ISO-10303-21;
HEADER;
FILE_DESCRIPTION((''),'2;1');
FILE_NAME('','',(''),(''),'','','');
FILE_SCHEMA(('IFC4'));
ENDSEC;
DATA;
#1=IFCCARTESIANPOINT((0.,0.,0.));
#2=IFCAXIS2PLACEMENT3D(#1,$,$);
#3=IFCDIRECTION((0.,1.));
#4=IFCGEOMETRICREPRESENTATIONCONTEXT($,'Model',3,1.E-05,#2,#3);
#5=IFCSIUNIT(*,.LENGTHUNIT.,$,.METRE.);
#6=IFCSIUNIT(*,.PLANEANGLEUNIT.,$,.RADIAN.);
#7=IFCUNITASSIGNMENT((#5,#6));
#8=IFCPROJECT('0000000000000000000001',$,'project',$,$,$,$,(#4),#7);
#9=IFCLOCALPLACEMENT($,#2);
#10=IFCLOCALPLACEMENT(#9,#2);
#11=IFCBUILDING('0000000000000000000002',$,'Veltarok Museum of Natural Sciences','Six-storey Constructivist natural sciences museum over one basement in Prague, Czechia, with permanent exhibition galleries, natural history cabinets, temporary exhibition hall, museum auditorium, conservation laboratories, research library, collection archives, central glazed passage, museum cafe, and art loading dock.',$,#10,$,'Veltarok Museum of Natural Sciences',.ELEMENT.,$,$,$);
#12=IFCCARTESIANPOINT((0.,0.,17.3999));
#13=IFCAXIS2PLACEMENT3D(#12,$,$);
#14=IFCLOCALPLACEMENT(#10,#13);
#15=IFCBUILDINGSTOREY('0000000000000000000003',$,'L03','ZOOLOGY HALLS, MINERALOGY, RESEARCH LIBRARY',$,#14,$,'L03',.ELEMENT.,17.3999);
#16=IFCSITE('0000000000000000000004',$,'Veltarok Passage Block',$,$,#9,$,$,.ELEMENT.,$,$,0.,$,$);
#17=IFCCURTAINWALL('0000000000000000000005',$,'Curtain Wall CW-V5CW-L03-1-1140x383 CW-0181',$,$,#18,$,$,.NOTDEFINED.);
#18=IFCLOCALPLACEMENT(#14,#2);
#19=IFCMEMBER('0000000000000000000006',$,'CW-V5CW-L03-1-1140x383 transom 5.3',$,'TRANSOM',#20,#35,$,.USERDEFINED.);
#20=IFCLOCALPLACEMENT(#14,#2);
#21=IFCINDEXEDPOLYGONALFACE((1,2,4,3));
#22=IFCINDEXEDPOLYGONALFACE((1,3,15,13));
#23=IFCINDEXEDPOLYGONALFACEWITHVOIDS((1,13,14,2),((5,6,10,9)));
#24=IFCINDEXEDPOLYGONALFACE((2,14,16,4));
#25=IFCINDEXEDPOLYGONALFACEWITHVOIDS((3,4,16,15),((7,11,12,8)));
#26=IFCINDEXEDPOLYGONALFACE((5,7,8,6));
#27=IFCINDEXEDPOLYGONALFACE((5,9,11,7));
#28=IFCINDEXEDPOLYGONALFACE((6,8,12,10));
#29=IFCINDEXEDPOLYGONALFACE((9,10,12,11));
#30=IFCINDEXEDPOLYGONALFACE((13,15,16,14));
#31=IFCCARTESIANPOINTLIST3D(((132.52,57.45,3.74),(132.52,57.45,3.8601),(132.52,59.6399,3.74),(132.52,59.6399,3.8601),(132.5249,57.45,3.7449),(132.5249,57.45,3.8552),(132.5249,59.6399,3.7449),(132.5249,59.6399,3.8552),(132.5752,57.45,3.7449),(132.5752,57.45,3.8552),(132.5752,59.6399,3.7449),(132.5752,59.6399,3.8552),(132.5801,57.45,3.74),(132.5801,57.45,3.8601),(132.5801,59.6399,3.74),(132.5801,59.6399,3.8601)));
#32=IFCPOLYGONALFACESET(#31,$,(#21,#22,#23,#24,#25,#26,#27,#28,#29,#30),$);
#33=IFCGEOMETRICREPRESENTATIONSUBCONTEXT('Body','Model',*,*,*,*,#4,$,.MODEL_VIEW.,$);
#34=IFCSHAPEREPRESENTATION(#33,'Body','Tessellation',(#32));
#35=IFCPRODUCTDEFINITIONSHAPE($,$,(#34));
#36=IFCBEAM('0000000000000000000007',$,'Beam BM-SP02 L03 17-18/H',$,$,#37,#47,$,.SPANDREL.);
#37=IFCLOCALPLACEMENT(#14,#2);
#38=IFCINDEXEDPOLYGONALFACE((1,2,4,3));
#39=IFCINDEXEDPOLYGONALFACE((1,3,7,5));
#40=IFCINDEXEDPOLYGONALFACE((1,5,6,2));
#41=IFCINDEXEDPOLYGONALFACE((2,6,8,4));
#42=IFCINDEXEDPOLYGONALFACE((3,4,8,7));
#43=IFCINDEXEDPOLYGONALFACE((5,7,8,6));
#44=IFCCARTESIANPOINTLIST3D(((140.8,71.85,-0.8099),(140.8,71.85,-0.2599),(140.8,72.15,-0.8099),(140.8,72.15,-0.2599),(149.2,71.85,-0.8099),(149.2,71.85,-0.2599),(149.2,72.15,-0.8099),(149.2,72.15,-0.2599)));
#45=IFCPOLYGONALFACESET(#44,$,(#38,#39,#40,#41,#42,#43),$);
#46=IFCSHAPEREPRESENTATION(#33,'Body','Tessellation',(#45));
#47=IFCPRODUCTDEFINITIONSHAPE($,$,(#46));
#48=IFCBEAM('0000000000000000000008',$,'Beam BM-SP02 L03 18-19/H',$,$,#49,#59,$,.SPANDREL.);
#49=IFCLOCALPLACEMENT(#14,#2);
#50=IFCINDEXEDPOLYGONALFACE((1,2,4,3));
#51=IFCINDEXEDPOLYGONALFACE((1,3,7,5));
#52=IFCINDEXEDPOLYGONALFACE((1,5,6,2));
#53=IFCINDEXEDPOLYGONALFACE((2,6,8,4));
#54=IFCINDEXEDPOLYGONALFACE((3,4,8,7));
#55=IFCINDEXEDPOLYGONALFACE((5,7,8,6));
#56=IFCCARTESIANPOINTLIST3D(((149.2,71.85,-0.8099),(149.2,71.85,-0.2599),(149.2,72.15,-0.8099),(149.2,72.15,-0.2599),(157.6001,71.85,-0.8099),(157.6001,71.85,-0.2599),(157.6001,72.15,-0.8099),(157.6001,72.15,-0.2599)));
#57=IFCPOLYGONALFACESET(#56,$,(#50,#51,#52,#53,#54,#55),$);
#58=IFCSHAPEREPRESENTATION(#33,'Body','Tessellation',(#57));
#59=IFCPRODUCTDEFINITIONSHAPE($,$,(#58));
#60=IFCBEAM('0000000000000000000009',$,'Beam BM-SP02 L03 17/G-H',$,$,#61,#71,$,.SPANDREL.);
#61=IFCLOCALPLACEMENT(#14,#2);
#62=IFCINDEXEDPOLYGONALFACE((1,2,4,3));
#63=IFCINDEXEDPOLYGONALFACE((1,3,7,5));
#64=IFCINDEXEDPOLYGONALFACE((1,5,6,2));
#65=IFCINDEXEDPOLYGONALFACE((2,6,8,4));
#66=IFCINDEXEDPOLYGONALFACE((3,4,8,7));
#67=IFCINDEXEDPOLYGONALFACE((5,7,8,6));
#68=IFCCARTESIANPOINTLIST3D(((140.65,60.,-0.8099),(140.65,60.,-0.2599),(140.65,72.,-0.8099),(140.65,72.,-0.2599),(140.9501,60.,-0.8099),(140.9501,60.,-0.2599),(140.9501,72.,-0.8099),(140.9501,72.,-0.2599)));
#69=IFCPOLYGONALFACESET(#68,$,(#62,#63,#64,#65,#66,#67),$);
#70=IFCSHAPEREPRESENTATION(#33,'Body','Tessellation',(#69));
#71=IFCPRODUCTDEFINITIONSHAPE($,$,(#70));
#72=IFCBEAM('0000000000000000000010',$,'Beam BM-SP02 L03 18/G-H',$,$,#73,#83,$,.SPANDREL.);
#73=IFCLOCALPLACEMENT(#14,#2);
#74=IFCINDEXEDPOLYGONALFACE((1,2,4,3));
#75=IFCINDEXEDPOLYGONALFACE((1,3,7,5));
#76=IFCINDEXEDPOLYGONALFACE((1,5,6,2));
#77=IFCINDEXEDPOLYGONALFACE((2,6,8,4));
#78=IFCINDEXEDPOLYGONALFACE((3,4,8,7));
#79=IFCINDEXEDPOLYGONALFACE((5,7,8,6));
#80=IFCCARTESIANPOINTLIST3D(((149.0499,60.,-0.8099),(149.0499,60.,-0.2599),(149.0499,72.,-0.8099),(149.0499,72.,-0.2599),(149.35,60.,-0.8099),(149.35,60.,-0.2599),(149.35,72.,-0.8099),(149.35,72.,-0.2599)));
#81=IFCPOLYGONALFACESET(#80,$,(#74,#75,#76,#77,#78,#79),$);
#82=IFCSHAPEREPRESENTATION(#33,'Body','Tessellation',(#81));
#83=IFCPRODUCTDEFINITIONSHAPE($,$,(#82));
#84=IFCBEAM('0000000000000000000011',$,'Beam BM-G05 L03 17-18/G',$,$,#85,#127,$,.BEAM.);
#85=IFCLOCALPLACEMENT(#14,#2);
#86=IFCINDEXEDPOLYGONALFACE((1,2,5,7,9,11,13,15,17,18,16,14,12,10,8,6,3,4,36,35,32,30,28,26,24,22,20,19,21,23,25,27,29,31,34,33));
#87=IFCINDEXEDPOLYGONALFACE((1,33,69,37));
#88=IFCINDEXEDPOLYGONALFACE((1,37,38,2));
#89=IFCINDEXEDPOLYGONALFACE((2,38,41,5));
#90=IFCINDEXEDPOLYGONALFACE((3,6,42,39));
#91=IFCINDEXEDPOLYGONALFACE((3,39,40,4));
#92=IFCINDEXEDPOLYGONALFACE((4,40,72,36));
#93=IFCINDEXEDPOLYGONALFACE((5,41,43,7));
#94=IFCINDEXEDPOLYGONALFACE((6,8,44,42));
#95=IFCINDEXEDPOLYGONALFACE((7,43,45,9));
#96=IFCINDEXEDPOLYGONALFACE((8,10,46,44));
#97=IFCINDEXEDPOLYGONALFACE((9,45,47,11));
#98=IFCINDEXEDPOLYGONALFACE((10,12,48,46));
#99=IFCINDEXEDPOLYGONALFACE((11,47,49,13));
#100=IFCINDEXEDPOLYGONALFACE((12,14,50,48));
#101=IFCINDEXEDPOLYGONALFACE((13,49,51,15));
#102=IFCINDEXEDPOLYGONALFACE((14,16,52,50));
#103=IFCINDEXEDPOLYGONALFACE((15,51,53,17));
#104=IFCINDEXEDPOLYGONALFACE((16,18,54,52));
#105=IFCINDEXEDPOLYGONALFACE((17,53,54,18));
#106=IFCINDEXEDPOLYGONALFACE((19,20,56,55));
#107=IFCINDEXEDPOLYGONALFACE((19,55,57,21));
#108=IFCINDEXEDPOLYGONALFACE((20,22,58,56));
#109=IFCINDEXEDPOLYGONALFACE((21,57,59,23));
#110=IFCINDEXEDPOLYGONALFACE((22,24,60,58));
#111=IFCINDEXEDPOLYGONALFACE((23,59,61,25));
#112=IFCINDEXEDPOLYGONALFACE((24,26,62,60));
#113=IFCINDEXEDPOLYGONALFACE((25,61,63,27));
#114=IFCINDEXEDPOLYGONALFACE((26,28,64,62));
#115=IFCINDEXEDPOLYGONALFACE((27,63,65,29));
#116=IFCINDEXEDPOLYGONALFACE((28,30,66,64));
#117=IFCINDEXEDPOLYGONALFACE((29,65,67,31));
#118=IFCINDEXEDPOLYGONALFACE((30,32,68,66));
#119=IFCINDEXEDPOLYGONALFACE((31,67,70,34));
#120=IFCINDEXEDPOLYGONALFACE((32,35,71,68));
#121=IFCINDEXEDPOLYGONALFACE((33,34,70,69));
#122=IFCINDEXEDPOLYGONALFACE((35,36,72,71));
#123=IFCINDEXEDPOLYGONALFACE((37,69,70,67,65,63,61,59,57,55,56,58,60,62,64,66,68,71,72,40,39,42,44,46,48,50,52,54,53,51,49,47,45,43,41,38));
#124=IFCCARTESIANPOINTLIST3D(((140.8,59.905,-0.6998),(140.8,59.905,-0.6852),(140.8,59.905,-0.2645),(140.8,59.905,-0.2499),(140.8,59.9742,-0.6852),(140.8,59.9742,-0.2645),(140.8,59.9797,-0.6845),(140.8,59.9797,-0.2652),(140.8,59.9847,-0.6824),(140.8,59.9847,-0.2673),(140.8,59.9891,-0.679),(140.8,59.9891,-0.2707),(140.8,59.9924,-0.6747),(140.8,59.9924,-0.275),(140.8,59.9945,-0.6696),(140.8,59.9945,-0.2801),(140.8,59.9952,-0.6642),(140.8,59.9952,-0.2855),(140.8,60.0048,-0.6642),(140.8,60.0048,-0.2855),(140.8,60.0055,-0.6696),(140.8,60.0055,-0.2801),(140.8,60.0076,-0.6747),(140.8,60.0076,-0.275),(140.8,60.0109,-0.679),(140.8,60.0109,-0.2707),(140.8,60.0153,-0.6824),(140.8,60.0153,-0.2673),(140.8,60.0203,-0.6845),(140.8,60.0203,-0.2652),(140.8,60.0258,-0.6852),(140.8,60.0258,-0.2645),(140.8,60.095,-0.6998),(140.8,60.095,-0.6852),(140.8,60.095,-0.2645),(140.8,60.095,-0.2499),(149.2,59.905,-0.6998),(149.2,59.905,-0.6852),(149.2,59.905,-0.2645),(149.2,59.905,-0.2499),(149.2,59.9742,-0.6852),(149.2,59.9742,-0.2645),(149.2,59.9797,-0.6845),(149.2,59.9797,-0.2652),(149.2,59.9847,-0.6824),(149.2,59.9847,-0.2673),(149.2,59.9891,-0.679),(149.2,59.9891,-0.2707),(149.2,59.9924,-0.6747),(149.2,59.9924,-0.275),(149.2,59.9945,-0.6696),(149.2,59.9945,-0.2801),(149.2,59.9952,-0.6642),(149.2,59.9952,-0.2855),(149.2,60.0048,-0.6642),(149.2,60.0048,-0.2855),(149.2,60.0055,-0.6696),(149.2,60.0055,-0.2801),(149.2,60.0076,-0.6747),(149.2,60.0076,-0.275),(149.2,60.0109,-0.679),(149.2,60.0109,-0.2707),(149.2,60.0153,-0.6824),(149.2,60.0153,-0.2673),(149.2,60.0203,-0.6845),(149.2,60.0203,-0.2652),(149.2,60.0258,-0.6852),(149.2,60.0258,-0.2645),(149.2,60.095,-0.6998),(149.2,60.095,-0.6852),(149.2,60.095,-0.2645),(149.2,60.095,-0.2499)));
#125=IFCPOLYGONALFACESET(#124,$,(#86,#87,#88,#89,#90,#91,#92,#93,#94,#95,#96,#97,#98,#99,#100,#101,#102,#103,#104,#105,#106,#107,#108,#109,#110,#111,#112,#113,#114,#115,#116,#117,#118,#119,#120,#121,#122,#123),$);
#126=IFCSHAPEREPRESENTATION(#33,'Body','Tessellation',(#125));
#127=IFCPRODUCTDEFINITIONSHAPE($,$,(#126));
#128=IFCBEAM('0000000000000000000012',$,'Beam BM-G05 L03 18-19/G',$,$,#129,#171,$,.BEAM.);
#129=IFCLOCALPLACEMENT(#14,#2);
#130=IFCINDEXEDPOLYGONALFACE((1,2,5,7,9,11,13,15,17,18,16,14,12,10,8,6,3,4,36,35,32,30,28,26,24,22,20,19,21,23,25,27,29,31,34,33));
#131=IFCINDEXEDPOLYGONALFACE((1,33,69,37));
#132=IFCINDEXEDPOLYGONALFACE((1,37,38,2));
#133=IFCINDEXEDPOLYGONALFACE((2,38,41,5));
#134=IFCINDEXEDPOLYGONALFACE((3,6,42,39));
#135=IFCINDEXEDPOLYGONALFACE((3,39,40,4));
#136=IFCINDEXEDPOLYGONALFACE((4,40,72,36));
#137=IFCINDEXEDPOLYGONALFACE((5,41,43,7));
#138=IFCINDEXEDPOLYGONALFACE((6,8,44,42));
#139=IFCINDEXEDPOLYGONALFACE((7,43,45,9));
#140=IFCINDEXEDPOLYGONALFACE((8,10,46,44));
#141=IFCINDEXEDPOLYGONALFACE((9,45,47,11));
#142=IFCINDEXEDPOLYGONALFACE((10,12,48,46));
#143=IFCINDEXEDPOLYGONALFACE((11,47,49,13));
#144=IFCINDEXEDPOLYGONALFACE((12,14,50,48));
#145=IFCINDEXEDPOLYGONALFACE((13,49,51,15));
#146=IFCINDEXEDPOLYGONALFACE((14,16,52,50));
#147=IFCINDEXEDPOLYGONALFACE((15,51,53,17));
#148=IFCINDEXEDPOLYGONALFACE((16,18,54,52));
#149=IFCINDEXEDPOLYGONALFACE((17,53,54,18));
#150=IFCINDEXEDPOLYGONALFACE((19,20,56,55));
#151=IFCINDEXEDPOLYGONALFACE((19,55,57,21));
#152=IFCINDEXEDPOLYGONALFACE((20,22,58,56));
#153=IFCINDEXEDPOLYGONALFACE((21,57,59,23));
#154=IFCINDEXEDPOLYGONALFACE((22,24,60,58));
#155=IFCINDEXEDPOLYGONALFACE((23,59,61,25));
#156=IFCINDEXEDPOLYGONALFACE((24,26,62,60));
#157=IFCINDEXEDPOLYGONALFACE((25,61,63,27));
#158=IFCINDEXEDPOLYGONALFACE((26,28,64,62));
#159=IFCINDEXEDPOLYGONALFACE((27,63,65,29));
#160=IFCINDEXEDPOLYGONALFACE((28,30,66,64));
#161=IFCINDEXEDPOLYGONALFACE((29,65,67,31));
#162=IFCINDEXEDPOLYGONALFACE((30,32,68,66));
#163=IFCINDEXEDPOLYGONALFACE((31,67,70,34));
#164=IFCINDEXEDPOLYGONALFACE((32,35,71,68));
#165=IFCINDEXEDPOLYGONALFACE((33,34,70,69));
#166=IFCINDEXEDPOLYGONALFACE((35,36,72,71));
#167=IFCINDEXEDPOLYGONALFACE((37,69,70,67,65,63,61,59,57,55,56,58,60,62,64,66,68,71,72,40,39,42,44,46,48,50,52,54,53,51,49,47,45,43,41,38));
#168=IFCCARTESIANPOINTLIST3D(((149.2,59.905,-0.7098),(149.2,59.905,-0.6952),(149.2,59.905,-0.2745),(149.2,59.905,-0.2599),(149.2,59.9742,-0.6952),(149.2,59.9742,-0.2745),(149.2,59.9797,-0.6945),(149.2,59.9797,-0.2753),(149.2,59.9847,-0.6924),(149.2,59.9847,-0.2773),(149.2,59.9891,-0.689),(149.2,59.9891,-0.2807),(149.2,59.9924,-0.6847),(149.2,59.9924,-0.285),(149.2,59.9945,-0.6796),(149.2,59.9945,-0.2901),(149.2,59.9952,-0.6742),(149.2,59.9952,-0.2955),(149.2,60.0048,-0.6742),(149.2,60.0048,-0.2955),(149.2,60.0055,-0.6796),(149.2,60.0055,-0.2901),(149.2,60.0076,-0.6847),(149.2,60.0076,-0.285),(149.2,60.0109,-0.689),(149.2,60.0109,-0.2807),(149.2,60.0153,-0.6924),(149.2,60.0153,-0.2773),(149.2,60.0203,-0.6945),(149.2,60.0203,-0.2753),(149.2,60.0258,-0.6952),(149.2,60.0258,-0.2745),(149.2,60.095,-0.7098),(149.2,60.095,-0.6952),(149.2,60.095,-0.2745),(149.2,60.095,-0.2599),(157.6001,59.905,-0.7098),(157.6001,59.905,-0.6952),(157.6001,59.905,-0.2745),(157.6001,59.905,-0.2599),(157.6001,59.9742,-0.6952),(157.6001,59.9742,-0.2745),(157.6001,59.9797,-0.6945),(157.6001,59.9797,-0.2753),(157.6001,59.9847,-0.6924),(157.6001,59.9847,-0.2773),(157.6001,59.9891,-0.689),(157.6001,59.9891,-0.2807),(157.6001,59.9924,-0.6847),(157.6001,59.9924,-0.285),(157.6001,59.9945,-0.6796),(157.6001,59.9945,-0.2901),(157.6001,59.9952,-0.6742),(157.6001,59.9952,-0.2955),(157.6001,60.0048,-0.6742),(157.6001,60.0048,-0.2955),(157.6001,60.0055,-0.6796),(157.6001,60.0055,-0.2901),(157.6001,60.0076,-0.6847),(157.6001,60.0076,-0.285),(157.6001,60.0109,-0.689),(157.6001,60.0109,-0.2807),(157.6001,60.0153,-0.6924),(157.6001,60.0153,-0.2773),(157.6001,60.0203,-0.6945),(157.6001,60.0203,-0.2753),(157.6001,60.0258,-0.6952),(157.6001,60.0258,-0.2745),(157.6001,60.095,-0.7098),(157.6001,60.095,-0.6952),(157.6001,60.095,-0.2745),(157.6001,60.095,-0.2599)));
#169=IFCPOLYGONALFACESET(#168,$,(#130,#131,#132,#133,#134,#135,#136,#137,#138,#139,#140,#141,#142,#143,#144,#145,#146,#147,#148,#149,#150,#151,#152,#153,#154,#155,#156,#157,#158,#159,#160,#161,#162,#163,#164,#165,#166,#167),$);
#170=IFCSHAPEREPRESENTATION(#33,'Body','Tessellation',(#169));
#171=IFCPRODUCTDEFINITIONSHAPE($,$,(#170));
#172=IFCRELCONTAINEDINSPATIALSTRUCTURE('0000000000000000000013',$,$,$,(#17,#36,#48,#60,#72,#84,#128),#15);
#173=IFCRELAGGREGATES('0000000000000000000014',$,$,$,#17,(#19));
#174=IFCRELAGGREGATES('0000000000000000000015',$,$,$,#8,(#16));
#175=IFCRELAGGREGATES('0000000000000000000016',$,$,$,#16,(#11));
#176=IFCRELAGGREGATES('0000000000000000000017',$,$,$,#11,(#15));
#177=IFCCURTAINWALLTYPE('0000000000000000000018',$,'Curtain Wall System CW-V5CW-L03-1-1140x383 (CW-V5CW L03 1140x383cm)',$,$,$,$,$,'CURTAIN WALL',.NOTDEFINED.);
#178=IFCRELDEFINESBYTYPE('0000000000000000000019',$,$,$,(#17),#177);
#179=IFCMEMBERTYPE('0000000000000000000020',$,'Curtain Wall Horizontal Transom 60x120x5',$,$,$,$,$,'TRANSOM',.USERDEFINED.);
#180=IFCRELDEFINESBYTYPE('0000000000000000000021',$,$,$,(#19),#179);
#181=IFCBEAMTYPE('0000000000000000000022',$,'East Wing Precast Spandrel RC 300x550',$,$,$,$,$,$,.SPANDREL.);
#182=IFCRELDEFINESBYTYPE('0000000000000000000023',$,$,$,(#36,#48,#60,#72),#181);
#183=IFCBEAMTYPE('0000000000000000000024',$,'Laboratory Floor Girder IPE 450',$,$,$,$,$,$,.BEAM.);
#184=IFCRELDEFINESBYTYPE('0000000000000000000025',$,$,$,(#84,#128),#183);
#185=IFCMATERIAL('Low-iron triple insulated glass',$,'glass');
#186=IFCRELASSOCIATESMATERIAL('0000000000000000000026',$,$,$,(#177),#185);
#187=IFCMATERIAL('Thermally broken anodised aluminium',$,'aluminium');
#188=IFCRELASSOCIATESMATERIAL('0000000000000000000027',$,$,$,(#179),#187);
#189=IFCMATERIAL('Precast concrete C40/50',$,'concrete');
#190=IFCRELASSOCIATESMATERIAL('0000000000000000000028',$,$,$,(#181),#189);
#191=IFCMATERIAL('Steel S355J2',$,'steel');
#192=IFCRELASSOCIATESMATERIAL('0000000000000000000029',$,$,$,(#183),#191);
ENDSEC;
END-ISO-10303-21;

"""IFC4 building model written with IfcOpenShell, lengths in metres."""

from ifc_helpers import new_model, si_unit, direction, frame, origin, origin_2d, place, context, subcontext, project, spatial, rectangle, hollow_rectangle, i_section, extrude, material, material_profile, profile_set, type_object, element, aggregate, save


model = new_model("IFC4")

# Units and contexts
model_context = context("Model", 3, precision=1e-05, world=origin(), true_north=direction((0.0, 1.0)))
body_context = subcontext(model_context, "Body", "Model", "MODEL_VIEW")
ifc_project = project(units=[si_unit("LENGTHUNIT", "METRE"), si_unit("PLANEANGLEUNIT", "RADIAN")], contexts=[model_context])

# Site, building, storey
site_placement = place(None, origin())
site = spatial("IfcSite", under=ifc_project, at=site_placement, Name="Veltarok Passage Block", CompositionType="ELEMENT", RefElevation=0.0)
building_placement = place(site_placement, origin())
building = spatial("IfcBuilding", under=site, at=building_placement, Name="Veltarok Museum of Natural Sciences", Description="Six-storey Constructivist natural sciences museum over one basement in Prague, Czechia, with permanent exhibition galleries, natural history cabinets, temporary exhibition hall, museum auditorium, conservation laboratories, research library, collection archives, central glazed passage, museum cafe, and art loading dock.", LongName="Veltarok Museum of Natural Sciences", CompositionType="ELEMENT")
storey_placement = place(building_placement, frame((0.0, 0.0, 17.3999)))
storey = spatial("IfcBuildingStorey", under=building, at=storey_placement, Name="L03", Description="ZOOLOGY HALLS, MINERALOGY, RESEARCH LIBRARY", LongName="L03", CompositionType="ELEMENT", Elevation=17.3999)

# Curtain wall, member
ifc_material_1 = material(Name="Low-iron triple insulated glass", Category="glass")
curtain_wall_type = type_object("IfcCurtainWallType", Name="Curtain Wall System CW-V5CW-L03-1-1140x383 (CW-V5CW L03 1140x383cm)", ElementType="CURTAIN WALL", PredefinedType="NOTDEFINED", material=ifc_material_1)
curtain_wall_placement = place(storey_placement, origin())
curtain_wall = element("IfcCurtainWall", 1, at=curtain_wall_placement, inside=storey, type_object=curtain_wall_type, Name="Curtain Wall CW-V5CW-L03-1-1140x383 CW-0181", PredefinedType="NOTDEFINED")
ifc_material_2 = material(Name="Thermally broken anodised aluminium", Category="aluminium")
ifc_material_profile_1 = material_profile(ifc_material_2, hollow_rectangle(XDim=0.0601, YDim=0.1201, WallThickness=0.0049, at=origin_2d()), Name="CW TRANSOM 60x120x5")
ifc_profile_set_1 = profile_set([ifc_material_profile_1], Name="Thermally broken anodised aluminium")
member_type = type_object("IfcMemberType", Name="Curtain Wall Horizontal Transom 60x120x5", ElementType="TRANSOM", PredefinedType="USERDEFINED", material=ifc_profile_set_1)
member_1_placement = place(storey_placement, frame((132.55, 57.45, 3.8), z_axis=(0.0, 1.0, 0.0), x_axis=(-1.0, 0.0, 0.0)))
member_1 = element("IfcMember", 2, at=member_1_placement, type_object=member_type, Name="CW-V5CW-L03-1-1140x383 transom 5.3", ObjectType="TRANSOM", PredefinedType="USERDEFINED", context=body_context, shape_type="SweptSolid", body=[
    extrude(hollow_rectangle(XDim=0.0601, YDim=0.1201, WallThickness=0.0049, at=origin_2d()), origin(), (0.0, 0.0, 1.0), 2.1899),
])

# Beams
ifc_material_3 = material(Name="Precast concrete C40/50", Category="concrete")
ifc_material_profile_2 = material_profile(ifc_material_3, rectangle(XDim=0.3, YDim=0.55, at=origin_2d()), Name="RC 300x550")
ifc_profile_set_2 = profile_set([ifc_material_profile_2], Name="Precast concrete C40/50")
beam_type_1 = type_object("IfcBeamType", Name="East Wing Precast Spandrel RC 300x550", PredefinedType="SPANDREL", material=ifc_profile_set_2)
beam_1_placement = place(storey_placement, frame((140.8, 72.0, -0.5349), z_axis=(1.0, 0.0, 0.0), x_axis=(0.0, 1.0, 0.0)))
element("IfcBeam", 3, at=beam_1_placement, inside=storey, type_object=beam_type_1, Name="Beam BM-SP02 L03 17-18/H", PredefinedType="SPANDREL", context=body_context, shape_type="SweptSolid", body=[
    extrude(rectangle(XDim=0.3, YDim=0.55, at=origin_2d()), origin(), (0.0, 0.0, 1.0), 8.3999),
])
beam_2_placement = place(storey_placement, frame((149.2, 72.0, -0.5349), z_axis=(1.0, 0.0, 0.0), x_axis=(0.0, 1.0, 0.0)))
element("IfcBeam", 4, at=beam_2_placement, inside=storey, type_object=beam_type_1, Name="Beam BM-SP02 L03 18-19/H", PredefinedType="SPANDREL", context=body_context, shape_type="SweptSolid", body=[
    extrude(rectangle(XDim=0.3, YDim=0.55, at=origin_2d()), origin(), (0.0, 0.0, 1.0), 8.4001),
])
for number, where, z_axis, x_axis, name in (
    (5, (140.8, 60.0, -0.5349), (0.0, 1.0, 0.0), (-1.0, 0.0, 0.0), "Beam BM-SP02 L03 17/G-H"),
    (6, (149.2, 60.0, -0.5349), (0.0, 1.0, 0.0), (-1.0, 0.0, 0.0), "Beam BM-SP02 L03 18/G-H"),
):
    element("IfcBeam", number, at=place(storey_placement, frame(where, z_axis=z_axis, x_axis=x_axis)), inside=storey, type_object=beam_type_1, Name=name, PredefinedType="SPANDREL", context=body_context, shape_type="SweptSolid", body=[
        extrude(rectangle(XDim=0.3, YDim=0.55, at=origin_2d()), origin(), (0.0, 0.0, 1.0), 12.0),
    ])
ifc_material_4 = material(Name="Steel S355J2", Category="steel")
ifc_material_profile_3 = material_profile(ifc_material_4, i_section(OverallWidth=0.1899, OverallDepth=0.45, WebThickness=0.0095, FlangeThickness=0.0146, FilletRadius=0.021, at=origin_2d()), Name="IPE 450")
ifc_profile_set_3 = profile_set([ifc_material_profile_3], Name="Steel S355J2")
beam_type_2 = type_object("IfcBeamType", Name="Laboratory Floor Girder IPE 450", PredefinedType="BEAM", material=ifc_profile_set_3)
beam_3_placement = place(storey_placement, frame((140.8, 60.0, -0.4749), z_axis=(1.0, 0.0, 0.0), x_axis=(0.0, 1.0, 0.0)))
element("IfcBeam", 7, at=beam_3_placement, inside=storey, type_object=beam_type_2, Name="Beam BM-G05 L03 17-18/G", PredefinedType="BEAM", context=body_context, shape_type="SweptSolid", body=[
    extrude(i_section(OverallWidth=0.1899, OverallDepth=0.45, WebThickness=0.0095, FlangeThickness=0.0146, FilletRadius=0.021, at=origin_2d()), origin(), (0.0, 0.0, 1.0), 8.3999),
])
beam_4_placement = place(storey_placement, frame((149.2, 60.0, -0.4849), z_axis=(1.0, 0.0, 0.0), x_axis=(0.0, 1.0, 0.0)))
element("IfcBeam", 8, at=beam_4_placement, inside=storey, type_object=beam_type_2, Name="Beam BM-G05 L03 18-19/G", PredefinedType="BEAM", context=body_context, shape_type="SweptSolid", body=[
    extrude(i_section(OverallWidth=0.1899, OverallDepth=0.45, WebThickness=0.0095, FlangeThickness=0.0146, FilletRadius=0.021, at=origin_2d()), origin(), (0.0, 0.0, 1.0), 8.4001),
])

aggregate(curtain_wall, [member_1])

save(model, "model.ifc")
